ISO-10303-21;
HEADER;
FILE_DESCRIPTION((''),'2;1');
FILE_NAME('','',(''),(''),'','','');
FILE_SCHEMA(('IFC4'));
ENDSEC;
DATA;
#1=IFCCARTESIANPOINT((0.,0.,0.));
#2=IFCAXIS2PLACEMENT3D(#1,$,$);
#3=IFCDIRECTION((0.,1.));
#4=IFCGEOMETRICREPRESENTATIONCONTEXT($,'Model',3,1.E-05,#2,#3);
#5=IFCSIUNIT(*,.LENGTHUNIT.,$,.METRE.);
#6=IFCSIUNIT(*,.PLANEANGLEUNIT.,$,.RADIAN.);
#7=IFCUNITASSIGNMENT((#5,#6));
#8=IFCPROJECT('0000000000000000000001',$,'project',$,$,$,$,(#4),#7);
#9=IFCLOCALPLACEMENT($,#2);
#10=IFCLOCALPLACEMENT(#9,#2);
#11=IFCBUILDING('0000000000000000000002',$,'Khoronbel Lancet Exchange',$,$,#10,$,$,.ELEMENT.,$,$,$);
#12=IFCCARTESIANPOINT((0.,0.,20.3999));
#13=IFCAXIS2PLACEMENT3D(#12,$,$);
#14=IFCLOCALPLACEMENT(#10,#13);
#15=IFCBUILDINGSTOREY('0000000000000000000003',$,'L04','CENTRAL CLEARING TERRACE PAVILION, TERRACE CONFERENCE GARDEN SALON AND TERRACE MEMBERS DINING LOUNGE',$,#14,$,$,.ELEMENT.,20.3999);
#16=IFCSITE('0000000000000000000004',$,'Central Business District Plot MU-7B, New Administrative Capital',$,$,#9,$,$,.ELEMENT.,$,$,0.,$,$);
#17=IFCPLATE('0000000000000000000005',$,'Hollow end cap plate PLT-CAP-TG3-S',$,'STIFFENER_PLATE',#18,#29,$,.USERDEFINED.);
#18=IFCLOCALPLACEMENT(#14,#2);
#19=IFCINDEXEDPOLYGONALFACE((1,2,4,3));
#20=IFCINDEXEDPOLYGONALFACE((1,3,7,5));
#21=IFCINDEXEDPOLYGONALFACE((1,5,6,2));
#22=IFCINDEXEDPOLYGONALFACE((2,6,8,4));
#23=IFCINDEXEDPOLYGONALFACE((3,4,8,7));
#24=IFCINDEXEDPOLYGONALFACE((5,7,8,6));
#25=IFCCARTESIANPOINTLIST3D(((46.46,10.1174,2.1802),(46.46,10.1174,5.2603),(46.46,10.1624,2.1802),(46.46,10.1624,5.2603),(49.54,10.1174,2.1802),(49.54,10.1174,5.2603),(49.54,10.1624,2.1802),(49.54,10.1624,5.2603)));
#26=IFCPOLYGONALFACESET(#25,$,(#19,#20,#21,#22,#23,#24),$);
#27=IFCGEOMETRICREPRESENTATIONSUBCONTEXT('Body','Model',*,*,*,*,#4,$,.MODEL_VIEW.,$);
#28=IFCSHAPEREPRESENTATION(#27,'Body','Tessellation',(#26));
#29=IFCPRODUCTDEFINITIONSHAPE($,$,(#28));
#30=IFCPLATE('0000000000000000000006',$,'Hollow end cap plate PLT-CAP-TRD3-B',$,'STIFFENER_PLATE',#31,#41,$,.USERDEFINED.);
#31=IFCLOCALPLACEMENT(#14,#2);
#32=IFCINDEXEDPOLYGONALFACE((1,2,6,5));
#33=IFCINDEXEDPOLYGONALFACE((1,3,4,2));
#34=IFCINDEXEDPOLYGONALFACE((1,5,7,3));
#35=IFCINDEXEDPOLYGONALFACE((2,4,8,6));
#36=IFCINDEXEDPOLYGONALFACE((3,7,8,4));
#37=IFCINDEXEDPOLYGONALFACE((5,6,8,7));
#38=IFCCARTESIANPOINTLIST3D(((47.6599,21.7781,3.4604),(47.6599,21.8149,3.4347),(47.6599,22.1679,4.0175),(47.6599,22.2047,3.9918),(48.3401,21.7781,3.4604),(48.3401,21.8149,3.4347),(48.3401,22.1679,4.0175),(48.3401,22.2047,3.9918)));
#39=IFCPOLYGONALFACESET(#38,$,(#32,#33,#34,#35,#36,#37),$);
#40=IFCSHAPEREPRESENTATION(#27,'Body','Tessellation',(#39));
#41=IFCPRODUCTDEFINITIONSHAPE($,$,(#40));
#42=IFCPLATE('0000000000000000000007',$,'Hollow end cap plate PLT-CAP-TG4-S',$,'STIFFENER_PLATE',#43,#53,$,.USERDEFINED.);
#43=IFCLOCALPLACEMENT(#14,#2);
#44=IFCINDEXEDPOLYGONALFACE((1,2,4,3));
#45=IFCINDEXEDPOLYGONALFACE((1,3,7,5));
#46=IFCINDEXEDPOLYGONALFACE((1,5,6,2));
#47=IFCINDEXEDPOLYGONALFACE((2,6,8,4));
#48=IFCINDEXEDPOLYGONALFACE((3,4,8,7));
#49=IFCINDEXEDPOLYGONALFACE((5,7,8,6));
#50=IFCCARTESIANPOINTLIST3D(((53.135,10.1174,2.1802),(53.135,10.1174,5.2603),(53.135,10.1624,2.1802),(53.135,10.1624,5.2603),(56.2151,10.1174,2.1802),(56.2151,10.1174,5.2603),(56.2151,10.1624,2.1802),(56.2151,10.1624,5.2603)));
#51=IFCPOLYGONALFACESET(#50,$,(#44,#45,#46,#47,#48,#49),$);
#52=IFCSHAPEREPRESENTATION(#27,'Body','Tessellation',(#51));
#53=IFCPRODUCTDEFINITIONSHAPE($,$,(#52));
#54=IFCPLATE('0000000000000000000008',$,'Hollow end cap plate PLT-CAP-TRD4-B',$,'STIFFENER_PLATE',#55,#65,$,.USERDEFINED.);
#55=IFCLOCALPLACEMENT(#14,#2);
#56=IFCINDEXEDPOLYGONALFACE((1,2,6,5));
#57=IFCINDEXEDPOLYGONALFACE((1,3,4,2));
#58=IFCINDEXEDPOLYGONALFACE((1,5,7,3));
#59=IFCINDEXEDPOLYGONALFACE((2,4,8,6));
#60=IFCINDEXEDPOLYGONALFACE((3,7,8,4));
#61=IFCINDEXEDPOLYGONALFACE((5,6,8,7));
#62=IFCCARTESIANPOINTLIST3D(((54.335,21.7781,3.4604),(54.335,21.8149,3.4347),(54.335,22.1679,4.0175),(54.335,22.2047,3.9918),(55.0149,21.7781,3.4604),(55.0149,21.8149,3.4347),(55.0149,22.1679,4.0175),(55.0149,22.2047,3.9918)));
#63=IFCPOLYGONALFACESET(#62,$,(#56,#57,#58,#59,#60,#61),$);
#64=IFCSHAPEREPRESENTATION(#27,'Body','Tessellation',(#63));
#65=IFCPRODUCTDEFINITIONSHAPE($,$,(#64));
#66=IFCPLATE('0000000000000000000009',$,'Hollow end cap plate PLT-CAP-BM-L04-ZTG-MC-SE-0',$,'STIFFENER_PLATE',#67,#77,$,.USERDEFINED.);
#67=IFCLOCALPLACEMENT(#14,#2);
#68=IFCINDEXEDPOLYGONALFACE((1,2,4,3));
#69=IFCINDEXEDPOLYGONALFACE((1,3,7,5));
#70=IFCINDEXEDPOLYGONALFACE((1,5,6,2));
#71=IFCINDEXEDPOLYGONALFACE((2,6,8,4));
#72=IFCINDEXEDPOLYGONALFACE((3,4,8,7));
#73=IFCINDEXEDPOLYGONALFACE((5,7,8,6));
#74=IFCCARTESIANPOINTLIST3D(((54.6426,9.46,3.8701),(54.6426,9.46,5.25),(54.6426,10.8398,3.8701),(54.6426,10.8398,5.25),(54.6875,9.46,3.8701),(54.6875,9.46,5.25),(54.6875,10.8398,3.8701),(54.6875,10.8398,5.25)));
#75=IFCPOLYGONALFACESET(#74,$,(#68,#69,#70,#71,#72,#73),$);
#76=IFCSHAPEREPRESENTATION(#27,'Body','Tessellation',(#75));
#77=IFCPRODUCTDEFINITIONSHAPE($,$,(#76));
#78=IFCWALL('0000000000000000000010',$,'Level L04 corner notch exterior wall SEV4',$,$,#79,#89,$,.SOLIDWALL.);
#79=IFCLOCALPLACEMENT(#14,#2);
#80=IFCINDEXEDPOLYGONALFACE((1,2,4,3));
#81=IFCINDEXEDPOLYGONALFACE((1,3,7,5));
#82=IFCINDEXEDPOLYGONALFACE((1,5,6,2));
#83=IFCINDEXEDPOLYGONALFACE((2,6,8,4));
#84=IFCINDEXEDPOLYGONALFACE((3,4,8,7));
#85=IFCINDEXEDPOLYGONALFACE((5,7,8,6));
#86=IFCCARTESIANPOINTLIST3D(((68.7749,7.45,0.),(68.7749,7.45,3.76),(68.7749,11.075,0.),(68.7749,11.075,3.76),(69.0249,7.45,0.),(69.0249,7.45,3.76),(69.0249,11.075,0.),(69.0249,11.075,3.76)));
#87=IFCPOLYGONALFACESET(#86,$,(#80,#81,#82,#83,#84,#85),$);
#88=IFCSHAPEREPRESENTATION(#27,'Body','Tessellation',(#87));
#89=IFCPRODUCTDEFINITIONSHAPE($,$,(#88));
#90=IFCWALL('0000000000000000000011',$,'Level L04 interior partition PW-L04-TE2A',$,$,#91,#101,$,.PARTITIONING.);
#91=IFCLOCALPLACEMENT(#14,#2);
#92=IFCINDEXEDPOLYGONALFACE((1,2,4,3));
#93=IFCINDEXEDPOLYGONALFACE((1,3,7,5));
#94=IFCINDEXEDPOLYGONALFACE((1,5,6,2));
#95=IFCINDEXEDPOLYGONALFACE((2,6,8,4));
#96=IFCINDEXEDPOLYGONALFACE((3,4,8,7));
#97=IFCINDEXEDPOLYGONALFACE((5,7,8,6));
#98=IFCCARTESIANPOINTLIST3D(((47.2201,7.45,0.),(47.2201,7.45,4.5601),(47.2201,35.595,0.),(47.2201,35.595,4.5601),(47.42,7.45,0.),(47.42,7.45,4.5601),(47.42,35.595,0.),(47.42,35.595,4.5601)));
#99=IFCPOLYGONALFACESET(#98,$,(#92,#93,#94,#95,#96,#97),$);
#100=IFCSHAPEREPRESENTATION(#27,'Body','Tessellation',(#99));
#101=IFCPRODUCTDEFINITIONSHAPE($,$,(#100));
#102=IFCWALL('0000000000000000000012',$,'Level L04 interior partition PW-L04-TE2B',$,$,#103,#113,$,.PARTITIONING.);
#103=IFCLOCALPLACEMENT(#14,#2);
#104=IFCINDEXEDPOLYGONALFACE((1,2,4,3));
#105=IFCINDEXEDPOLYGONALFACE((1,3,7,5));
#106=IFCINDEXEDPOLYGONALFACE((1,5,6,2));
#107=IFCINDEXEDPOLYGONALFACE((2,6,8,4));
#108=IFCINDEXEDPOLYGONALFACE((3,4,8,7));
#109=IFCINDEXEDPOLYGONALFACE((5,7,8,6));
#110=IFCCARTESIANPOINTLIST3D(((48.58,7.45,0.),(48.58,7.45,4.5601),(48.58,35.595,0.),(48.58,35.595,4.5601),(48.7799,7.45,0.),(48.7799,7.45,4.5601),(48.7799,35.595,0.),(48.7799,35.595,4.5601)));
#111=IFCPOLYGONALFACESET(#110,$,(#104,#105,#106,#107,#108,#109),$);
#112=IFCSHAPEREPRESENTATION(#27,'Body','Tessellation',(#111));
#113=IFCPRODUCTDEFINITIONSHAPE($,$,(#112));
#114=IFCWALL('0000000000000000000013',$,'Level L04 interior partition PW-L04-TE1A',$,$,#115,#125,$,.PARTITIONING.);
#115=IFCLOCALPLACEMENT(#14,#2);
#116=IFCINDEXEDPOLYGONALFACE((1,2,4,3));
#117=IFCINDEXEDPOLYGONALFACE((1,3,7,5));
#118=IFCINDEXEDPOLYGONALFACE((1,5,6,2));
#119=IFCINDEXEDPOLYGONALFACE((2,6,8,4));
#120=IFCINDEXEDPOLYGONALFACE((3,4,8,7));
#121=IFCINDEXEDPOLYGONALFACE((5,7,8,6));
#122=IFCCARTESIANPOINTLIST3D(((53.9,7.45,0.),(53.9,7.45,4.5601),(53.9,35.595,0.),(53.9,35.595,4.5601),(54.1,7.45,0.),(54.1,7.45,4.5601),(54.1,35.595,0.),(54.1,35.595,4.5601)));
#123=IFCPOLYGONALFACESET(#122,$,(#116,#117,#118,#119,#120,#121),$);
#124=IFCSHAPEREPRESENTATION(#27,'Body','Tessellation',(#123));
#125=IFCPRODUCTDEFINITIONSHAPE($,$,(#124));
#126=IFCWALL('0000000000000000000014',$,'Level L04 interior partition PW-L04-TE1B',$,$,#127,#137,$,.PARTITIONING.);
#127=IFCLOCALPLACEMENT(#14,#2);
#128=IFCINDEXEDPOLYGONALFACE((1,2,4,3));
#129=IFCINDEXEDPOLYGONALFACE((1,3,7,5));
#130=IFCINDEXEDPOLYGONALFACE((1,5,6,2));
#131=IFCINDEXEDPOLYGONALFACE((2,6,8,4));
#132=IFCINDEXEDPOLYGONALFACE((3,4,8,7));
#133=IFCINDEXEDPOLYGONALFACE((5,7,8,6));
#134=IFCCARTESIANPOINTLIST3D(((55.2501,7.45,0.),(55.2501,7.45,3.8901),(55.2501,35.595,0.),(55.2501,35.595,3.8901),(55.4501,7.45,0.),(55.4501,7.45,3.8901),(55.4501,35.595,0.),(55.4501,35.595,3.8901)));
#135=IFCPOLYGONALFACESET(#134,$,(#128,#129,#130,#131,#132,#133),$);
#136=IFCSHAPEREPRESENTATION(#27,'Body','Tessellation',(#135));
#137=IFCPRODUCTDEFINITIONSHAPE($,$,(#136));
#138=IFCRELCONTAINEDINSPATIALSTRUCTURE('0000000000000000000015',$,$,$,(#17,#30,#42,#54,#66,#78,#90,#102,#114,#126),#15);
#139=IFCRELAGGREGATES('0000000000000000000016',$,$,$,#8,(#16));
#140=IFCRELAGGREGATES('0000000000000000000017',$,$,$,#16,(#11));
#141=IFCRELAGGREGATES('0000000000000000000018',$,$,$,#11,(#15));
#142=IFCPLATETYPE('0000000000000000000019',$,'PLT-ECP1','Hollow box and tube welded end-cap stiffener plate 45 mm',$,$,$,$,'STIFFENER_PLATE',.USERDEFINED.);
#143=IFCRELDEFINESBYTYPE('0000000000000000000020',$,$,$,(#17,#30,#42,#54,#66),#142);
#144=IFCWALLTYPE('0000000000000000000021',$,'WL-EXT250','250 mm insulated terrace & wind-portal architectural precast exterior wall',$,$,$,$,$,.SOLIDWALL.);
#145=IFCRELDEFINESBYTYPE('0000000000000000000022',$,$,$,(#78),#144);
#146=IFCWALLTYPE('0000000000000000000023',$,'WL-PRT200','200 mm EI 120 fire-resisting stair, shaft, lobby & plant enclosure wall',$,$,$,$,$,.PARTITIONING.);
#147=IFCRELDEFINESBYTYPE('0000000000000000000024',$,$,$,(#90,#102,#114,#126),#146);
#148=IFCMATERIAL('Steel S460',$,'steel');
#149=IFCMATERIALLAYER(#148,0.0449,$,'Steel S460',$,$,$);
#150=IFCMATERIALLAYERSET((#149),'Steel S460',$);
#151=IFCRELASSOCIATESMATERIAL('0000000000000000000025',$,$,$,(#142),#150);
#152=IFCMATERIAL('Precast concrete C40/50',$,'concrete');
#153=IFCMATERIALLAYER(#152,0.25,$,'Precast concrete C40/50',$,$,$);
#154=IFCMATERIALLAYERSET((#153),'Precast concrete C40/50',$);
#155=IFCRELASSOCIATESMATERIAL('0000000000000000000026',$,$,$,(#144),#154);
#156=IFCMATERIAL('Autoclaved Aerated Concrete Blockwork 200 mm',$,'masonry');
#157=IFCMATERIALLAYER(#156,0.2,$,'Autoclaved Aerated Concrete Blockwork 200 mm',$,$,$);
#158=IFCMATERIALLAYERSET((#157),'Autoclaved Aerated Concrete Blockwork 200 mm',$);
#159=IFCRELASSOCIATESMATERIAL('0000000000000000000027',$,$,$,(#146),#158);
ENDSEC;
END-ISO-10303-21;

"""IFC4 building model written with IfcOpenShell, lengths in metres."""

from ifc_helpers import new_model, si_unit, direction, frame, frame_2d, origin, origin_2d, place, context, subcontext, project, spatial, polyline, rectangle, outline, extrude, material, layer, layer_set, type_object, element, save


model = new_model("IFC4")

# Units and contexts
model_context = context("Model", 3, precision=1e-05, world=origin(), true_north=direction((0.0, 1.0)))
body_context = subcontext(model_context, "Body", "Model", "MODEL_VIEW")
ifc_project = project(units=[si_unit("LENGTHUNIT", "METRE"), si_unit("PLANEANGLEUNIT", "RADIAN")], contexts=[model_context])

# Site, building, storey
site_placement = place(None, origin())
site = spatial("IfcSite", under=ifc_project, at=site_placement, Name="Central Business District Plot MU-7B, New Administrative Capital", CompositionType="ELEMENT", RefElevation=0.0)
building_placement = place(site_placement, origin())
building = spatial("IfcBuilding", under=site, at=building_placement, Name="Khoronbel Lancet Exchange", CompositionType="ELEMENT")
storey_placement = place(building_placement, frame((0.0, 0.0, 20.3999)))
storey = spatial("IfcBuildingStorey", under=building, at=storey_placement, Name="L04", Description="CENTRAL CLEARING TERRACE PAVILION, TERRACE CONFERENCE GARDEN SALON AND TERRACE MEMBERS DINING LOUNGE", CompositionType="ELEMENT", Elevation=20.3999)

# Shared definitions
ifc_material_1 = material(Name="Steel S460", Category="steel")

# Plates
ifc_layer_1 = layer(ifc_material_1, 0.0449, Name="Steel S460")
ifc_layer_set_1 = layer_set([ifc_layer_1], Name="Steel S460")
plate_type = type_object("IfcPlateType", Name="PLT-ECP1", Description="Hollow box and tube welded end-cap stiffener plate 45 mm", ElementType="STIFFENER_PLATE", PredefinedType="USERDEFINED", material=ifc_layer_set_1)
plate_1_placement = place(storey_placement, frame((48.0, 10.1399, 2.1802), z_axis=(0.0, 0.0, 1.0), x_axis=(0.0, -1.0, 0.0)))
element("IfcPlate", 1, at=plate_1_placement, inside=storey, type_object=plate_type, Name="Hollow end cap plate PLT-CAP-TG3-S", ObjectType="STIFFENER_PLATE", PredefinedType="USERDEFINED", context=body_context, shape_type="SweptSolid", body=[
    extrude(rectangle(XDim=0.0449, YDim=3.0801, at=origin_2d()), origin(), (0.0, 0.0, 1.0), 3.0801),
])
plate_2_placement = place(storey_placement, frame((47.6599, 21.7781, 3.4604), z_axis=(0.0, -0.819299, 0.573366), x_axis=(1.0, 0.0, 0.0)))
element("IfcPlate", 2, at=plate_2_placement, inside=storey, type_object=plate_type, Name="Hollow end cap plate PLT-CAP-TRD3-B", ObjectType="STIFFENER_PLATE", PredefinedType="USERDEFINED", context=body_context, shape_type="SweptSolid", body=[
    extrude(outline(polyline([(0.0, 0.0), (0.6802, 0.0), (0.6802, 0.6799), (0.0, 0.6799), (0.0, 0.0)])), origin(), (0.0, 0.0, -1.0), 0.0449),
])
plate_3_placement = place(storey_placement, frame((54.675, 10.1399, 2.1802), z_axis=(0.0, 0.0, 1.0), x_axis=(0.0, -1.0, 0.0)))
element("IfcPlate", 3, at=plate_3_placement, inside=storey, type_object=plate_type, Name="Hollow end cap plate PLT-CAP-TG4-S", ObjectType="STIFFENER_PLATE", PredefinedType="USERDEFINED", context=body_context, shape_type="SweptSolid", body=[
    extrude(rectangle(XDim=0.0449, YDim=3.0801, at=origin_2d()), origin(), (0.0, 0.0, 1.0), 3.0801),
])
plate_4_placement = place(storey_placement, frame((54.335, 21.7781, 3.4604), z_axis=(0.0, -0.819299, 0.573366), x_axis=(1.0, 0.0, 0.0)))
element("IfcPlate", 4, at=plate_4_placement, inside=storey, type_object=plate_type, Name="Hollow end cap plate PLT-CAP-TRD4-B", ObjectType="STIFFENER_PLATE", PredefinedType="USERDEFINED", context=body_context, shape_type="SweptSolid", body=[
    extrude(outline(polyline([(0.0, 0.0), (0.6799, 0.0), (0.6799, 0.6799), (0.0, 0.6799), (0.0, 0.0)])), origin(), (0.0, 0.0, -1.0), 0.0449),
])
plate_5_placement = place(storey_placement, frame((54.665, 10.1499, 3.8701), z_axis=(0.0, 0.0, 1.0), x_axis=(-1.0, 0.0, 0.0)))
element("IfcPlate", 5, at=plate_5_placement, inside=storey, type_object=plate_type, Name="Hollow end cap plate PLT-CAP-BM-L04-ZTG-MC-SE-0", ObjectType="STIFFENER_PLATE", PredefinedType="USERDEFINED", context=body_context, shape_type="SweptSolid", body=[
    extrude(rectangle(XDim=0.0449, YDim=1.3799, at=origin_2d()), origin(), (0.0, 0.0, 1.0), 1.3799),
])

# Walls
ifc_material_2 = material(Name="Precast concrete C40/50", Category="concrete")
ifc_layer_2 = layer(ifc_material_2, 0.25, Name="Precast concrete C40/50")
ifc_layer_set_2 = layer_set([ifc_layer_2], Name="Precast concrete C40/50")
wall_type_1 = type_object("IfcWallType", Name="WL-EXT250", Description="250 mm insulated terrace & wind-portal architectural precast exterior wall", PredefinedType="SOLIDWALL", material=ifc_layer_set_2)
wall_1_placement = place(storey_placement, frame((68.8999, 11.075, 0.0), z_axis=(0.0, 0.0, 1.0), x_axis=(0.0, -1.0, 0.0)))
element("IfcWall", 6, at=wall_1_placement, inside=storey, type_object=wall_type_1, Name="Level L04 corner notch exterior wall SEV4", PredefinedType="SOLIDWALL", context=body_context, shape_type="SweptSolid", body=[
    extrude(rectangle(XDim=3.625, YDim=0.25, at=frame_2d((1.8125, 0.0))), origin(), (0.0, 0.0, 1.0), 3.76),
])
ifc_material_3 = material(Name="Autoclaved Aerated Concrete Blockwork 200 mm", Category="masonry")
ifc_layer_3 = layer(ifc_material_3, 0.2, Name="Autoclaved Aerated Concrete Blockwork 200 mm")
ifc_layer_set_3 = layer_set([ifc_layer_3], Name="Autoclaved Aerated Concrete Blockwork 200 mm")
wall_type_2 = type_object("IfcWallType", Name="WL-PRT200", Description="200 mm EI 120 fire-resisting stair, shaft, lobby & plant enclosure wall", PredefinedType="PARTITIONING", material=ifc_layer_set_3)
for number, where, z_axis, x_axis, name in (
    (7, (47.3201, 7.45, 0.0), (0.0, 0.0, 1.0), (0.0, 1.0, 0.0), "Level L04 interior partition PW-L04-TE2A"),
    (8, (48.6799, 7.45, 0.0), (0.0, 0.0, 1.0), (0.0, 1.0, 0.0), "Level L04 interior partition PW-L04-TE2B"),
    (9, (54.0, 7.45, 0.0), (0.0, 0.0, 1.0), (0.0, 1.0, 0.0), "Level L04 interior partition PW-L04-TE1A"),
):
    element("IfcWall", number, at=place(storey_placement, frame(where, z_axis=z_axis, x_axis=x_axis)), inside=storey, type_object=wall_type_2, Name=name, PredefinedType="PARTITIONING", context=body_context, shape_type="SweptSolid", body=[
        extrude(rectangle(XDim=28.145, YDim=0.2, at=frame_2d((14.0725, 0.0))), origin(), (0.0, 0.0, 1.0), 4.5601),
    ])
wall_2_placement = place(storey_placement, frame((55.3501, 7.45, 0.0), z_axis=(0.0, 0.0, 1.0), x_axis=(0.0, 1.0, 0.0)))
element("IfcWall", 10, at=wall_2_placement, inside=storey, type_object=wall_type_2, Name="Level L04 interior partition PW-L04-TE1B", PredefinedType="PARTITIONING", context=body_context, shape_type="SweptSolid", body=[
    extrude(rectangle(XDim=28.145, YDim=0.2, at=frame_2d((14.0725, 0.0))), origin(), (0.0, 0.0, 1.0), 3.8901),
])

save(model, "model.ifc")
